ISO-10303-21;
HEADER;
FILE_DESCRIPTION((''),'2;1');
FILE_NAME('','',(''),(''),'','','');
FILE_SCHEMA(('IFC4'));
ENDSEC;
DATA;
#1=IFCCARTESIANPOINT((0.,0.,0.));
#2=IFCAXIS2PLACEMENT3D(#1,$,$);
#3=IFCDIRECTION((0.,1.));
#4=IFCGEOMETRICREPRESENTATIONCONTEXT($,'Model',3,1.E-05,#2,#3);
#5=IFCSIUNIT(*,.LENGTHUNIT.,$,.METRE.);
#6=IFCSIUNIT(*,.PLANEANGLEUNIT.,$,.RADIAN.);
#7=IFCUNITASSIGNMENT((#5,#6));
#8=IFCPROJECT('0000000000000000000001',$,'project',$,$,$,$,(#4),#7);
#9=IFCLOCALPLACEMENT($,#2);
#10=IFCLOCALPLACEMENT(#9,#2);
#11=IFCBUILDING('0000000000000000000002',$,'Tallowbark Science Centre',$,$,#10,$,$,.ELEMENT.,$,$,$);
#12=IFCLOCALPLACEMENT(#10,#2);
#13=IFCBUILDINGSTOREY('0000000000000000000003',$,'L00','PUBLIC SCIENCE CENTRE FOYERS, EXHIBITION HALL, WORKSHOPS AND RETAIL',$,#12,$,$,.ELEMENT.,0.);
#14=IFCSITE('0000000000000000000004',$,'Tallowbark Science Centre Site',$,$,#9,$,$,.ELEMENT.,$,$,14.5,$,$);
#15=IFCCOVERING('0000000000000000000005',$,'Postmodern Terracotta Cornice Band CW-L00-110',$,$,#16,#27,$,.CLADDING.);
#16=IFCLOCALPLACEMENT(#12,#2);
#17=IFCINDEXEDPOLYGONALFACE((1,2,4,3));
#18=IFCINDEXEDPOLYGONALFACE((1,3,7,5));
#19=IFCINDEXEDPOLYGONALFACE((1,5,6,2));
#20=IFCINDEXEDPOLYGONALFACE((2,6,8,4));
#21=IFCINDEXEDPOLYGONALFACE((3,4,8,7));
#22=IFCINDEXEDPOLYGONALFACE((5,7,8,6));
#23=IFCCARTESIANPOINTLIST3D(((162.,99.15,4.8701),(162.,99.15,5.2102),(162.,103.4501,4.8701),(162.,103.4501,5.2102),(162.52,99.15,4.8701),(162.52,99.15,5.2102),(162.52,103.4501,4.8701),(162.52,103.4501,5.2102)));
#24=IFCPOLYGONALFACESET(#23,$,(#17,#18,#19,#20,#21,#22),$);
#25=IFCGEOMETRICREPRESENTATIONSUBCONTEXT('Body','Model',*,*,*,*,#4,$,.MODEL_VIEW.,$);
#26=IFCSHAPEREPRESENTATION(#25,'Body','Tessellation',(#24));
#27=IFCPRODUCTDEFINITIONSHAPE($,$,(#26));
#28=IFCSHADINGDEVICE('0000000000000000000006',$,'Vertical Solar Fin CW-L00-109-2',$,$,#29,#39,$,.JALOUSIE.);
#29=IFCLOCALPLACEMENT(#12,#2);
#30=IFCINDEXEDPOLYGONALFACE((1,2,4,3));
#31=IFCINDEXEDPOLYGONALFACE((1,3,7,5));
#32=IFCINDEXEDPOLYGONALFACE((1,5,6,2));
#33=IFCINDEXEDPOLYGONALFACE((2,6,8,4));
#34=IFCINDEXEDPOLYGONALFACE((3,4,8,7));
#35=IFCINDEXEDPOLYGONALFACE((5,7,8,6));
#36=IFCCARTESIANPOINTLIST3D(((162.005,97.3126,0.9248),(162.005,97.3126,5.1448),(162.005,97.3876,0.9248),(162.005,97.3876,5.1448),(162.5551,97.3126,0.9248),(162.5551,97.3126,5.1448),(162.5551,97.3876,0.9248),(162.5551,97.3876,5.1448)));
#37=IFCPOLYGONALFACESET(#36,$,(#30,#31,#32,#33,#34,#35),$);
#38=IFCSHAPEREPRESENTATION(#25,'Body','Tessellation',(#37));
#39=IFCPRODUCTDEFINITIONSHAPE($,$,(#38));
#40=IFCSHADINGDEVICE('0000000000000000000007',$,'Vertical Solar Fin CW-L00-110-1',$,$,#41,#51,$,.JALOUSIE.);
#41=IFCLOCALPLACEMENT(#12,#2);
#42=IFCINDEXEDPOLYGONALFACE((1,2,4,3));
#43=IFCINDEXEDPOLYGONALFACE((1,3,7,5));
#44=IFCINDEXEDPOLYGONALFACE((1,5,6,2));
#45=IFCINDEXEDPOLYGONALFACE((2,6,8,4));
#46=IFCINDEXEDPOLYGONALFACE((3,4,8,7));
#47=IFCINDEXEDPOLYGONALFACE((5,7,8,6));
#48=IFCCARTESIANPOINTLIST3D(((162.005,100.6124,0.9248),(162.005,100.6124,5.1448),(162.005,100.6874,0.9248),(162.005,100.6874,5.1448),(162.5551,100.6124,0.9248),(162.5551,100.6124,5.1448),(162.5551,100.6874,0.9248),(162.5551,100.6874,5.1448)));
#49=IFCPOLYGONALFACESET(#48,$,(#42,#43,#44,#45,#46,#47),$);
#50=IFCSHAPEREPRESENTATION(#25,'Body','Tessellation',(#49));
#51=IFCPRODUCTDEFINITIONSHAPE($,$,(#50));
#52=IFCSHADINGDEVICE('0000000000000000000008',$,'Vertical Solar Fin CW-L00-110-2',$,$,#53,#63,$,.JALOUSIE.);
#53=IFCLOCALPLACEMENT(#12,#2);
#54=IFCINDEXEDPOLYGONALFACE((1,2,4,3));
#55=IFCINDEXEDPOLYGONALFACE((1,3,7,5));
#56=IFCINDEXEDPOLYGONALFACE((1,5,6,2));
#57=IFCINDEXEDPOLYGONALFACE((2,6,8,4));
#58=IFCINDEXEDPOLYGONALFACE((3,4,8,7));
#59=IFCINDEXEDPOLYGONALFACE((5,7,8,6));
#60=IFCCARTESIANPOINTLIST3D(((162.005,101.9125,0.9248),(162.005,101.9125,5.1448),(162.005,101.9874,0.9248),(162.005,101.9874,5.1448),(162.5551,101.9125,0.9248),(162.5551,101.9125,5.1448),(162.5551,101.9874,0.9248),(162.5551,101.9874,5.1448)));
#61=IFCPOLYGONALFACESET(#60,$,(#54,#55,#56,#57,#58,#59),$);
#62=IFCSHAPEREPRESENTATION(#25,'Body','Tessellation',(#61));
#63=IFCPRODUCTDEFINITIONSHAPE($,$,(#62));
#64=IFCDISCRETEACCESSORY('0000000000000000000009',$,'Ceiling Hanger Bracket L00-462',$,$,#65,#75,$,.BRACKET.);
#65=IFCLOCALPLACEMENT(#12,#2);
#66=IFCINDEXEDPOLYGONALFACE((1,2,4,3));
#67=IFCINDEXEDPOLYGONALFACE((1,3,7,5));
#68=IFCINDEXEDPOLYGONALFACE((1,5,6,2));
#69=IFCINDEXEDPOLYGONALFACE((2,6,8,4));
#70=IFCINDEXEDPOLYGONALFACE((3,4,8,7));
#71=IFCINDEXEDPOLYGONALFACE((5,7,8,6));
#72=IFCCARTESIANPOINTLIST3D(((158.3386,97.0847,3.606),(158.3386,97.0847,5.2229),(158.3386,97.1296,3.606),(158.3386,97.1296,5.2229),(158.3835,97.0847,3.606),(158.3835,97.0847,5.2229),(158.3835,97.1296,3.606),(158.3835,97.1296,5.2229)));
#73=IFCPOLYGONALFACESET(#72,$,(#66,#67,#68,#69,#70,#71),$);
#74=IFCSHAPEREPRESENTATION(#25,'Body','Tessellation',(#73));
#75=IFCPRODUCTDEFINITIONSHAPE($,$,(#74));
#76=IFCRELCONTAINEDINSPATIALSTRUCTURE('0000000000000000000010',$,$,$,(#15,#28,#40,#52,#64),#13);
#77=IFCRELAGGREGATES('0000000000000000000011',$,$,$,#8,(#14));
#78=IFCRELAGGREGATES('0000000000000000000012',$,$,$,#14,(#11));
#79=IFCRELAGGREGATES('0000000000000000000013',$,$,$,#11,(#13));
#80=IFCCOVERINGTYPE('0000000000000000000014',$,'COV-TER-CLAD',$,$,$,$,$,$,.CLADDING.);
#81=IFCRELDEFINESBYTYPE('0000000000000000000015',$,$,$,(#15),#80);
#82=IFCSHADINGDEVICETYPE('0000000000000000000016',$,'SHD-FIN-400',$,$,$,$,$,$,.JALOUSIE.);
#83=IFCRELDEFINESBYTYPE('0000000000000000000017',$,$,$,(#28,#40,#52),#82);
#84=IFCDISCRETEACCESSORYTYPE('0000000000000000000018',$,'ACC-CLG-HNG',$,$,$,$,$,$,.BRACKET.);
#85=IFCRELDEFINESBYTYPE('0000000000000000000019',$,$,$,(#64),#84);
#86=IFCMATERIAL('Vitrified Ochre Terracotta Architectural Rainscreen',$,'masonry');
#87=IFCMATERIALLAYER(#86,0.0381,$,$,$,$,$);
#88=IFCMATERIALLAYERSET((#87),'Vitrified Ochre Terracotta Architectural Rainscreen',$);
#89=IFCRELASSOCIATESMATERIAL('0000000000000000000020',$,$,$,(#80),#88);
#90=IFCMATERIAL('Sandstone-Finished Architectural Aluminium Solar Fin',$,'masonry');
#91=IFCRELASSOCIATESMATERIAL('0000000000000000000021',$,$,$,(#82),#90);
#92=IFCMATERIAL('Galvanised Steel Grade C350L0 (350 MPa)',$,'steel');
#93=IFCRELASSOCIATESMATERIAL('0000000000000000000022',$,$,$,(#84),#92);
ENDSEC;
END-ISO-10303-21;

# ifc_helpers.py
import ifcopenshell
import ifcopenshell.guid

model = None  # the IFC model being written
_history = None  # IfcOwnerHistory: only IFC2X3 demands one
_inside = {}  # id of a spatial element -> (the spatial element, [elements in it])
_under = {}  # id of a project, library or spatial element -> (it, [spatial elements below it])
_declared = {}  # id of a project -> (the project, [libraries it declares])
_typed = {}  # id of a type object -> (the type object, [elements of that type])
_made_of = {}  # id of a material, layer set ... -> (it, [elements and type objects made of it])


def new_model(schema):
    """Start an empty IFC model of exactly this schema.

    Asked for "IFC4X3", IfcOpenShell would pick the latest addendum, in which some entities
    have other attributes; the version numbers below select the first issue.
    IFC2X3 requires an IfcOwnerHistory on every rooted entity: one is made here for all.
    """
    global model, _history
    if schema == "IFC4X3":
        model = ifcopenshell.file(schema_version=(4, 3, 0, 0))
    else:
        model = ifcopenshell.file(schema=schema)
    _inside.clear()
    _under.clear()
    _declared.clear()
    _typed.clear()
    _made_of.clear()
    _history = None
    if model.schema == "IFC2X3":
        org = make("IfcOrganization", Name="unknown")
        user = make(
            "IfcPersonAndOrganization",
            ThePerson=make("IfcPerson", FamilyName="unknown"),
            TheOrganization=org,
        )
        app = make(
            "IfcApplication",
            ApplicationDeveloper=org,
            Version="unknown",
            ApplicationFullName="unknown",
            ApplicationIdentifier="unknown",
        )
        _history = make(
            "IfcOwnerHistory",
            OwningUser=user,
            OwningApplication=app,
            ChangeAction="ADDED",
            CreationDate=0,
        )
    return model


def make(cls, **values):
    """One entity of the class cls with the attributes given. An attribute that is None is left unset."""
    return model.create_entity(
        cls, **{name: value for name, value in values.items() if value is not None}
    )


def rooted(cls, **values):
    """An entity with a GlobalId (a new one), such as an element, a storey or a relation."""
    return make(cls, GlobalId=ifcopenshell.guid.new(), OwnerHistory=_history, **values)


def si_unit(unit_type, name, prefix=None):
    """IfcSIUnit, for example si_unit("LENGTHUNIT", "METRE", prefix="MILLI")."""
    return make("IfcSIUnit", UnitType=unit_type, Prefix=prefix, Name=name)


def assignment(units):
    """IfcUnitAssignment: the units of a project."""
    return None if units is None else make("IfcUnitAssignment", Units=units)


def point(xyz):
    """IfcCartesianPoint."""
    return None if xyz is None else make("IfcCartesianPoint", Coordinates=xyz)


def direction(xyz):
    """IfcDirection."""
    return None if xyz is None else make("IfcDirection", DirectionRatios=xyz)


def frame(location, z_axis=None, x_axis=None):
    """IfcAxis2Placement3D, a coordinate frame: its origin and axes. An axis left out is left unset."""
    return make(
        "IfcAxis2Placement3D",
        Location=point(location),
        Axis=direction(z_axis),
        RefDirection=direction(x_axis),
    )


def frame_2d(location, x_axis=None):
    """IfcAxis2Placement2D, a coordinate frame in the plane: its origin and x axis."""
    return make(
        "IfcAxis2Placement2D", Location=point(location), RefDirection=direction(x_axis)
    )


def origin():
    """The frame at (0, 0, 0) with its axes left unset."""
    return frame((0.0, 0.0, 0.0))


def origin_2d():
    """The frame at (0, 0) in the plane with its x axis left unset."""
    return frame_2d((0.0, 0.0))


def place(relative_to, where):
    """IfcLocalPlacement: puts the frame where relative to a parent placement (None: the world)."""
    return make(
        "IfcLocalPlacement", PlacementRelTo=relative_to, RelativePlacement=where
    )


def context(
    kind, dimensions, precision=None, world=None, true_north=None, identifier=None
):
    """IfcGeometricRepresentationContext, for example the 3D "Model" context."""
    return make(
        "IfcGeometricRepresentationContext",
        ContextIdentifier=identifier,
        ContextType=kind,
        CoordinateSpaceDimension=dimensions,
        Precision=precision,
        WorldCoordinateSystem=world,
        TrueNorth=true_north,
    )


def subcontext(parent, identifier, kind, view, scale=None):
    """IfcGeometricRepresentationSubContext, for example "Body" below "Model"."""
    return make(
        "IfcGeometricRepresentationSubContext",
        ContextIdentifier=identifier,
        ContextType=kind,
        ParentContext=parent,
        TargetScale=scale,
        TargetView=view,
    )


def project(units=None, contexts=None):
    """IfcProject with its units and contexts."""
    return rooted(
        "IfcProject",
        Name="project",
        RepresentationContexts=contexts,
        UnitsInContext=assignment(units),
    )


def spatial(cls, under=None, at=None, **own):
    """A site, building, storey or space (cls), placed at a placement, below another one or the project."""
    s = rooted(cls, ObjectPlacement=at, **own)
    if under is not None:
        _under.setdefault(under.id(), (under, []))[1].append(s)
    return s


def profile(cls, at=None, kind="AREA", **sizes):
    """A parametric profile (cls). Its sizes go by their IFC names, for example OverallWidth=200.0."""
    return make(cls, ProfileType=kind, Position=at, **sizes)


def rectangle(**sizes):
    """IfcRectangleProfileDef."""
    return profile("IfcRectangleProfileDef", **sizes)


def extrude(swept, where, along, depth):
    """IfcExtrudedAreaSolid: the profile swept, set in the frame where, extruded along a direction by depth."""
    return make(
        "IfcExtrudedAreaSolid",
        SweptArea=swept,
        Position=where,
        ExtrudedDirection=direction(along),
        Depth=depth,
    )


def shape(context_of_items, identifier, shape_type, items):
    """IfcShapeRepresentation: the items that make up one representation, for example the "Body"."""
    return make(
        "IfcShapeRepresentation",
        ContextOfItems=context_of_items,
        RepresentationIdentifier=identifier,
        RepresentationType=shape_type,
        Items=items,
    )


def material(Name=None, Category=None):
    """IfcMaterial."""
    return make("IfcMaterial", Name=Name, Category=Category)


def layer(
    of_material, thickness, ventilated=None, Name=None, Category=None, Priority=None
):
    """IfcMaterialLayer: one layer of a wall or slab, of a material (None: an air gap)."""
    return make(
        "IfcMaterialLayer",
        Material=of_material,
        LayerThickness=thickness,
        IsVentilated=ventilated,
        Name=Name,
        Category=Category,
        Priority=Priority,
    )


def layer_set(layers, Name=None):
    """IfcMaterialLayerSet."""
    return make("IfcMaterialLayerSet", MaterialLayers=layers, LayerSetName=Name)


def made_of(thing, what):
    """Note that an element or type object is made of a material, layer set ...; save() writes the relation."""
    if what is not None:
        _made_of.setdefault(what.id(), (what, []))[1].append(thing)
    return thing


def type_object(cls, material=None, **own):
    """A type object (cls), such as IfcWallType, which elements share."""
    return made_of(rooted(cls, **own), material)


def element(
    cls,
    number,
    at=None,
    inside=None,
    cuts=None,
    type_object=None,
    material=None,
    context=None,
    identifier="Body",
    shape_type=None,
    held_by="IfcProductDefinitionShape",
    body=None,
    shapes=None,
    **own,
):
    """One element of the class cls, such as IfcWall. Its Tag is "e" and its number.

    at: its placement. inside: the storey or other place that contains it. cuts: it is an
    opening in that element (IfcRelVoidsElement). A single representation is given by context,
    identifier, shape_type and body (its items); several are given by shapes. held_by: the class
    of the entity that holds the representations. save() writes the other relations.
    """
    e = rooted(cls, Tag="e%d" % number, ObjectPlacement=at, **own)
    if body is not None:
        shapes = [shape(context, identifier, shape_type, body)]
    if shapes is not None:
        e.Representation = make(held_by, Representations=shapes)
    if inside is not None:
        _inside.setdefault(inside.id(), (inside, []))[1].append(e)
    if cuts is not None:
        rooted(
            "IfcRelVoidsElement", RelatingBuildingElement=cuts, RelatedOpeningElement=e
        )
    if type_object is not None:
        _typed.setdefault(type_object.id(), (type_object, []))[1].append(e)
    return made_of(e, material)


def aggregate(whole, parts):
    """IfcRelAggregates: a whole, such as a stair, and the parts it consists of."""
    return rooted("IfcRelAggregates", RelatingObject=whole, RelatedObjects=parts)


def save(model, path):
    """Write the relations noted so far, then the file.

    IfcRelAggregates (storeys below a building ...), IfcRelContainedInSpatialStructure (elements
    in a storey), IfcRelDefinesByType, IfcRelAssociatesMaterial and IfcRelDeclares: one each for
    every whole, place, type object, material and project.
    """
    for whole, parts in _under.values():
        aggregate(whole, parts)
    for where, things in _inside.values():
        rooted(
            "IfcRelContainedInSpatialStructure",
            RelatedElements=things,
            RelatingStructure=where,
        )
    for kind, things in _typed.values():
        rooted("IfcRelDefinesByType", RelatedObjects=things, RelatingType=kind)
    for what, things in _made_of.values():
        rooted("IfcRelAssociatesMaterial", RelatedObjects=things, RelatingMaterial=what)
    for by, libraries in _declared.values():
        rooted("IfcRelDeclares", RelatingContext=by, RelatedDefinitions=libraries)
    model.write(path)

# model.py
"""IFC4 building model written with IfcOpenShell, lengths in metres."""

from ifc_helpers import new_model, si_unit, direction, frame, origin, origin_2d, place, context, subcontext, project, spatial, rectangle, extrude, material, layer, layer_set, type_object, element, save


model = new_model("IFC4")

# Units and contexts
model_context = context("Model", 3, precision=1e-05, world=origin(), true_north=direction((0.0, 1.0)))
body_context = subcontext(model_context, "Body", "Model", "MODEL_VIEW")
ifc_project = project(units=[si_unit("LENGTHUNIT", "METRE"), si_unit("PLANEANGLEUNIT", "RADIAN")], contexts=[model_context])

# Site, building, storey
site_placement = place(None, origin())
site = spatial("IfcSite", under=ifc_project, at=site_placement, Name="Tallowbark Science Centre Site", CompositionType="ELEMENT", RefElevation=14.5)
building_placement = place(site_placement, origin())
building = spatial("IfcBuilding", under=site, at=building_placement, Name="Tallowbark Science Centre", CompositionType="ELEMENT")
storey_placement = place(building_placement, origin())
storey = spatial("IfcBuildingStorey", under=building, at=storey_placement, Name="L00", Description="PUBLIC SCIENCE CENTRE FOYERS, EXHIBITION HALL, WORKSHOPS AND RETAIL", CompositionType="ELEMENT", Elevation=0.0)

# Covering
ifc_material_1 = material(Name="Vitrified Ochre Terracotta Architectural Rainscreen", Category="masonry")
ifc_layer_1 = layer(ifc_material_1, 0.0381)
ifc_layer_set_1 = layer_set([ifc_layer_1], Name="Vitrified Ochre Terracotta Architectural Rainscreen")
covering_type_1 = type_object("IfcCoveringType", Name="COV-TER-CLAD", PredefinedType="CLADDING", material=ifc_layer_set_1)
covering_placement = place(storey_placement, frame((162.26, 101.3, 4.8701), z_axis=(0.0, 0.0, 1.0), x_axis=(0.0, 1.0, 0.0)))
element("IfcCovering", 1, at=covering_placement, inside=storey, type_object=covering_type_1, Name="Postmodern Terracotta Cornice Band CW-L00-110", PredefinedType="CLADDING", context=body_context, shape_type="SweptSolid", body=[
    extrude(rectangle(XDim=4.3, YDim=0.52, at=origin_2d()), origin(), (0.0, 0.0, 1.0), 0.3401),
])

# Shading devices
ifc_material_2 = material(Name="Sandstone-Finished Architectural Aluminium Solar Fin", Category="masonry")
shading_device_type = type_object("IfcShadingDeviceType", Name="SHD-FIN-400", PredefinedType="JALOUSIE", material=ifc_material_2)
for number, where, z_axis, x_axis, name in (
    (2, (162.28, 97.3501, 0.9248), (0.0, 0.0, 1.0), (0.0, 1.0, 0.0), "Vertical Solar Fin CW-L00-109-2"),
    (3, (162.28, 100.6499, 0.9248), (0.0, 0.0, 1.0), (0.0, 1.0, 0.0), "Vertical Solar Fin CW-L00-110-1"),
    (4, (162.28, 101.95, 0.9248), (0.0, 0.0, 1.0), (0.0, 1.0, 0.0), "Vertical Solar Fin CW-L00-110-2"),
):
    element("IfcShadingDevice", number, at=place(storey_placement, frame(where, z_axis=z_axis, x_axis=x_axis)), inside=storey, type_object=shading_device_type, Name=name, PredefinedType="JALOUSIE", context=body_context, shape_type="SweptSolid", body=[
        extrude(rectangle(XDim=0.075, YDim=0.55, at=origin_2d()), origin(), (0.0, 0.0, 1.0), 4.22),
    ])

# Discrete accessory
ifc_material_3 = material(Name="Galvanised Steel Grade C350L0 (350 MPa)", Category="steel")
discrete_accessory_type = type_object("IfcDiscreteAccessoryType", Name="ACC-CLG-HNG", PredefinedType="BRACKET", material=ifc_material_3)
discrete_accessory_placement = place(storey_placement, frame((158.3611, 97.1072, 3.606), z_axis=(0.0, 0.0, 1.0), x_axis=(1.0, 0.0, 0.0)))
element("IfcDiscreteAccessory", 5, at=discrete_accessory_placement, inside=storey, type_object=discrete_accessory_type, Name="Ceiling Hanger Bracket L00-462", PredefinedType="BRACKET", context=body_context, shape_type="SweptSolid", body=[
    extrude(rectangle(XDim=0.0449, YDim=0.0449, at=origin_2d()), origin(), (0.0, 0.0, 1.0), 1.6169),
])

save(model, "model.ifc")
